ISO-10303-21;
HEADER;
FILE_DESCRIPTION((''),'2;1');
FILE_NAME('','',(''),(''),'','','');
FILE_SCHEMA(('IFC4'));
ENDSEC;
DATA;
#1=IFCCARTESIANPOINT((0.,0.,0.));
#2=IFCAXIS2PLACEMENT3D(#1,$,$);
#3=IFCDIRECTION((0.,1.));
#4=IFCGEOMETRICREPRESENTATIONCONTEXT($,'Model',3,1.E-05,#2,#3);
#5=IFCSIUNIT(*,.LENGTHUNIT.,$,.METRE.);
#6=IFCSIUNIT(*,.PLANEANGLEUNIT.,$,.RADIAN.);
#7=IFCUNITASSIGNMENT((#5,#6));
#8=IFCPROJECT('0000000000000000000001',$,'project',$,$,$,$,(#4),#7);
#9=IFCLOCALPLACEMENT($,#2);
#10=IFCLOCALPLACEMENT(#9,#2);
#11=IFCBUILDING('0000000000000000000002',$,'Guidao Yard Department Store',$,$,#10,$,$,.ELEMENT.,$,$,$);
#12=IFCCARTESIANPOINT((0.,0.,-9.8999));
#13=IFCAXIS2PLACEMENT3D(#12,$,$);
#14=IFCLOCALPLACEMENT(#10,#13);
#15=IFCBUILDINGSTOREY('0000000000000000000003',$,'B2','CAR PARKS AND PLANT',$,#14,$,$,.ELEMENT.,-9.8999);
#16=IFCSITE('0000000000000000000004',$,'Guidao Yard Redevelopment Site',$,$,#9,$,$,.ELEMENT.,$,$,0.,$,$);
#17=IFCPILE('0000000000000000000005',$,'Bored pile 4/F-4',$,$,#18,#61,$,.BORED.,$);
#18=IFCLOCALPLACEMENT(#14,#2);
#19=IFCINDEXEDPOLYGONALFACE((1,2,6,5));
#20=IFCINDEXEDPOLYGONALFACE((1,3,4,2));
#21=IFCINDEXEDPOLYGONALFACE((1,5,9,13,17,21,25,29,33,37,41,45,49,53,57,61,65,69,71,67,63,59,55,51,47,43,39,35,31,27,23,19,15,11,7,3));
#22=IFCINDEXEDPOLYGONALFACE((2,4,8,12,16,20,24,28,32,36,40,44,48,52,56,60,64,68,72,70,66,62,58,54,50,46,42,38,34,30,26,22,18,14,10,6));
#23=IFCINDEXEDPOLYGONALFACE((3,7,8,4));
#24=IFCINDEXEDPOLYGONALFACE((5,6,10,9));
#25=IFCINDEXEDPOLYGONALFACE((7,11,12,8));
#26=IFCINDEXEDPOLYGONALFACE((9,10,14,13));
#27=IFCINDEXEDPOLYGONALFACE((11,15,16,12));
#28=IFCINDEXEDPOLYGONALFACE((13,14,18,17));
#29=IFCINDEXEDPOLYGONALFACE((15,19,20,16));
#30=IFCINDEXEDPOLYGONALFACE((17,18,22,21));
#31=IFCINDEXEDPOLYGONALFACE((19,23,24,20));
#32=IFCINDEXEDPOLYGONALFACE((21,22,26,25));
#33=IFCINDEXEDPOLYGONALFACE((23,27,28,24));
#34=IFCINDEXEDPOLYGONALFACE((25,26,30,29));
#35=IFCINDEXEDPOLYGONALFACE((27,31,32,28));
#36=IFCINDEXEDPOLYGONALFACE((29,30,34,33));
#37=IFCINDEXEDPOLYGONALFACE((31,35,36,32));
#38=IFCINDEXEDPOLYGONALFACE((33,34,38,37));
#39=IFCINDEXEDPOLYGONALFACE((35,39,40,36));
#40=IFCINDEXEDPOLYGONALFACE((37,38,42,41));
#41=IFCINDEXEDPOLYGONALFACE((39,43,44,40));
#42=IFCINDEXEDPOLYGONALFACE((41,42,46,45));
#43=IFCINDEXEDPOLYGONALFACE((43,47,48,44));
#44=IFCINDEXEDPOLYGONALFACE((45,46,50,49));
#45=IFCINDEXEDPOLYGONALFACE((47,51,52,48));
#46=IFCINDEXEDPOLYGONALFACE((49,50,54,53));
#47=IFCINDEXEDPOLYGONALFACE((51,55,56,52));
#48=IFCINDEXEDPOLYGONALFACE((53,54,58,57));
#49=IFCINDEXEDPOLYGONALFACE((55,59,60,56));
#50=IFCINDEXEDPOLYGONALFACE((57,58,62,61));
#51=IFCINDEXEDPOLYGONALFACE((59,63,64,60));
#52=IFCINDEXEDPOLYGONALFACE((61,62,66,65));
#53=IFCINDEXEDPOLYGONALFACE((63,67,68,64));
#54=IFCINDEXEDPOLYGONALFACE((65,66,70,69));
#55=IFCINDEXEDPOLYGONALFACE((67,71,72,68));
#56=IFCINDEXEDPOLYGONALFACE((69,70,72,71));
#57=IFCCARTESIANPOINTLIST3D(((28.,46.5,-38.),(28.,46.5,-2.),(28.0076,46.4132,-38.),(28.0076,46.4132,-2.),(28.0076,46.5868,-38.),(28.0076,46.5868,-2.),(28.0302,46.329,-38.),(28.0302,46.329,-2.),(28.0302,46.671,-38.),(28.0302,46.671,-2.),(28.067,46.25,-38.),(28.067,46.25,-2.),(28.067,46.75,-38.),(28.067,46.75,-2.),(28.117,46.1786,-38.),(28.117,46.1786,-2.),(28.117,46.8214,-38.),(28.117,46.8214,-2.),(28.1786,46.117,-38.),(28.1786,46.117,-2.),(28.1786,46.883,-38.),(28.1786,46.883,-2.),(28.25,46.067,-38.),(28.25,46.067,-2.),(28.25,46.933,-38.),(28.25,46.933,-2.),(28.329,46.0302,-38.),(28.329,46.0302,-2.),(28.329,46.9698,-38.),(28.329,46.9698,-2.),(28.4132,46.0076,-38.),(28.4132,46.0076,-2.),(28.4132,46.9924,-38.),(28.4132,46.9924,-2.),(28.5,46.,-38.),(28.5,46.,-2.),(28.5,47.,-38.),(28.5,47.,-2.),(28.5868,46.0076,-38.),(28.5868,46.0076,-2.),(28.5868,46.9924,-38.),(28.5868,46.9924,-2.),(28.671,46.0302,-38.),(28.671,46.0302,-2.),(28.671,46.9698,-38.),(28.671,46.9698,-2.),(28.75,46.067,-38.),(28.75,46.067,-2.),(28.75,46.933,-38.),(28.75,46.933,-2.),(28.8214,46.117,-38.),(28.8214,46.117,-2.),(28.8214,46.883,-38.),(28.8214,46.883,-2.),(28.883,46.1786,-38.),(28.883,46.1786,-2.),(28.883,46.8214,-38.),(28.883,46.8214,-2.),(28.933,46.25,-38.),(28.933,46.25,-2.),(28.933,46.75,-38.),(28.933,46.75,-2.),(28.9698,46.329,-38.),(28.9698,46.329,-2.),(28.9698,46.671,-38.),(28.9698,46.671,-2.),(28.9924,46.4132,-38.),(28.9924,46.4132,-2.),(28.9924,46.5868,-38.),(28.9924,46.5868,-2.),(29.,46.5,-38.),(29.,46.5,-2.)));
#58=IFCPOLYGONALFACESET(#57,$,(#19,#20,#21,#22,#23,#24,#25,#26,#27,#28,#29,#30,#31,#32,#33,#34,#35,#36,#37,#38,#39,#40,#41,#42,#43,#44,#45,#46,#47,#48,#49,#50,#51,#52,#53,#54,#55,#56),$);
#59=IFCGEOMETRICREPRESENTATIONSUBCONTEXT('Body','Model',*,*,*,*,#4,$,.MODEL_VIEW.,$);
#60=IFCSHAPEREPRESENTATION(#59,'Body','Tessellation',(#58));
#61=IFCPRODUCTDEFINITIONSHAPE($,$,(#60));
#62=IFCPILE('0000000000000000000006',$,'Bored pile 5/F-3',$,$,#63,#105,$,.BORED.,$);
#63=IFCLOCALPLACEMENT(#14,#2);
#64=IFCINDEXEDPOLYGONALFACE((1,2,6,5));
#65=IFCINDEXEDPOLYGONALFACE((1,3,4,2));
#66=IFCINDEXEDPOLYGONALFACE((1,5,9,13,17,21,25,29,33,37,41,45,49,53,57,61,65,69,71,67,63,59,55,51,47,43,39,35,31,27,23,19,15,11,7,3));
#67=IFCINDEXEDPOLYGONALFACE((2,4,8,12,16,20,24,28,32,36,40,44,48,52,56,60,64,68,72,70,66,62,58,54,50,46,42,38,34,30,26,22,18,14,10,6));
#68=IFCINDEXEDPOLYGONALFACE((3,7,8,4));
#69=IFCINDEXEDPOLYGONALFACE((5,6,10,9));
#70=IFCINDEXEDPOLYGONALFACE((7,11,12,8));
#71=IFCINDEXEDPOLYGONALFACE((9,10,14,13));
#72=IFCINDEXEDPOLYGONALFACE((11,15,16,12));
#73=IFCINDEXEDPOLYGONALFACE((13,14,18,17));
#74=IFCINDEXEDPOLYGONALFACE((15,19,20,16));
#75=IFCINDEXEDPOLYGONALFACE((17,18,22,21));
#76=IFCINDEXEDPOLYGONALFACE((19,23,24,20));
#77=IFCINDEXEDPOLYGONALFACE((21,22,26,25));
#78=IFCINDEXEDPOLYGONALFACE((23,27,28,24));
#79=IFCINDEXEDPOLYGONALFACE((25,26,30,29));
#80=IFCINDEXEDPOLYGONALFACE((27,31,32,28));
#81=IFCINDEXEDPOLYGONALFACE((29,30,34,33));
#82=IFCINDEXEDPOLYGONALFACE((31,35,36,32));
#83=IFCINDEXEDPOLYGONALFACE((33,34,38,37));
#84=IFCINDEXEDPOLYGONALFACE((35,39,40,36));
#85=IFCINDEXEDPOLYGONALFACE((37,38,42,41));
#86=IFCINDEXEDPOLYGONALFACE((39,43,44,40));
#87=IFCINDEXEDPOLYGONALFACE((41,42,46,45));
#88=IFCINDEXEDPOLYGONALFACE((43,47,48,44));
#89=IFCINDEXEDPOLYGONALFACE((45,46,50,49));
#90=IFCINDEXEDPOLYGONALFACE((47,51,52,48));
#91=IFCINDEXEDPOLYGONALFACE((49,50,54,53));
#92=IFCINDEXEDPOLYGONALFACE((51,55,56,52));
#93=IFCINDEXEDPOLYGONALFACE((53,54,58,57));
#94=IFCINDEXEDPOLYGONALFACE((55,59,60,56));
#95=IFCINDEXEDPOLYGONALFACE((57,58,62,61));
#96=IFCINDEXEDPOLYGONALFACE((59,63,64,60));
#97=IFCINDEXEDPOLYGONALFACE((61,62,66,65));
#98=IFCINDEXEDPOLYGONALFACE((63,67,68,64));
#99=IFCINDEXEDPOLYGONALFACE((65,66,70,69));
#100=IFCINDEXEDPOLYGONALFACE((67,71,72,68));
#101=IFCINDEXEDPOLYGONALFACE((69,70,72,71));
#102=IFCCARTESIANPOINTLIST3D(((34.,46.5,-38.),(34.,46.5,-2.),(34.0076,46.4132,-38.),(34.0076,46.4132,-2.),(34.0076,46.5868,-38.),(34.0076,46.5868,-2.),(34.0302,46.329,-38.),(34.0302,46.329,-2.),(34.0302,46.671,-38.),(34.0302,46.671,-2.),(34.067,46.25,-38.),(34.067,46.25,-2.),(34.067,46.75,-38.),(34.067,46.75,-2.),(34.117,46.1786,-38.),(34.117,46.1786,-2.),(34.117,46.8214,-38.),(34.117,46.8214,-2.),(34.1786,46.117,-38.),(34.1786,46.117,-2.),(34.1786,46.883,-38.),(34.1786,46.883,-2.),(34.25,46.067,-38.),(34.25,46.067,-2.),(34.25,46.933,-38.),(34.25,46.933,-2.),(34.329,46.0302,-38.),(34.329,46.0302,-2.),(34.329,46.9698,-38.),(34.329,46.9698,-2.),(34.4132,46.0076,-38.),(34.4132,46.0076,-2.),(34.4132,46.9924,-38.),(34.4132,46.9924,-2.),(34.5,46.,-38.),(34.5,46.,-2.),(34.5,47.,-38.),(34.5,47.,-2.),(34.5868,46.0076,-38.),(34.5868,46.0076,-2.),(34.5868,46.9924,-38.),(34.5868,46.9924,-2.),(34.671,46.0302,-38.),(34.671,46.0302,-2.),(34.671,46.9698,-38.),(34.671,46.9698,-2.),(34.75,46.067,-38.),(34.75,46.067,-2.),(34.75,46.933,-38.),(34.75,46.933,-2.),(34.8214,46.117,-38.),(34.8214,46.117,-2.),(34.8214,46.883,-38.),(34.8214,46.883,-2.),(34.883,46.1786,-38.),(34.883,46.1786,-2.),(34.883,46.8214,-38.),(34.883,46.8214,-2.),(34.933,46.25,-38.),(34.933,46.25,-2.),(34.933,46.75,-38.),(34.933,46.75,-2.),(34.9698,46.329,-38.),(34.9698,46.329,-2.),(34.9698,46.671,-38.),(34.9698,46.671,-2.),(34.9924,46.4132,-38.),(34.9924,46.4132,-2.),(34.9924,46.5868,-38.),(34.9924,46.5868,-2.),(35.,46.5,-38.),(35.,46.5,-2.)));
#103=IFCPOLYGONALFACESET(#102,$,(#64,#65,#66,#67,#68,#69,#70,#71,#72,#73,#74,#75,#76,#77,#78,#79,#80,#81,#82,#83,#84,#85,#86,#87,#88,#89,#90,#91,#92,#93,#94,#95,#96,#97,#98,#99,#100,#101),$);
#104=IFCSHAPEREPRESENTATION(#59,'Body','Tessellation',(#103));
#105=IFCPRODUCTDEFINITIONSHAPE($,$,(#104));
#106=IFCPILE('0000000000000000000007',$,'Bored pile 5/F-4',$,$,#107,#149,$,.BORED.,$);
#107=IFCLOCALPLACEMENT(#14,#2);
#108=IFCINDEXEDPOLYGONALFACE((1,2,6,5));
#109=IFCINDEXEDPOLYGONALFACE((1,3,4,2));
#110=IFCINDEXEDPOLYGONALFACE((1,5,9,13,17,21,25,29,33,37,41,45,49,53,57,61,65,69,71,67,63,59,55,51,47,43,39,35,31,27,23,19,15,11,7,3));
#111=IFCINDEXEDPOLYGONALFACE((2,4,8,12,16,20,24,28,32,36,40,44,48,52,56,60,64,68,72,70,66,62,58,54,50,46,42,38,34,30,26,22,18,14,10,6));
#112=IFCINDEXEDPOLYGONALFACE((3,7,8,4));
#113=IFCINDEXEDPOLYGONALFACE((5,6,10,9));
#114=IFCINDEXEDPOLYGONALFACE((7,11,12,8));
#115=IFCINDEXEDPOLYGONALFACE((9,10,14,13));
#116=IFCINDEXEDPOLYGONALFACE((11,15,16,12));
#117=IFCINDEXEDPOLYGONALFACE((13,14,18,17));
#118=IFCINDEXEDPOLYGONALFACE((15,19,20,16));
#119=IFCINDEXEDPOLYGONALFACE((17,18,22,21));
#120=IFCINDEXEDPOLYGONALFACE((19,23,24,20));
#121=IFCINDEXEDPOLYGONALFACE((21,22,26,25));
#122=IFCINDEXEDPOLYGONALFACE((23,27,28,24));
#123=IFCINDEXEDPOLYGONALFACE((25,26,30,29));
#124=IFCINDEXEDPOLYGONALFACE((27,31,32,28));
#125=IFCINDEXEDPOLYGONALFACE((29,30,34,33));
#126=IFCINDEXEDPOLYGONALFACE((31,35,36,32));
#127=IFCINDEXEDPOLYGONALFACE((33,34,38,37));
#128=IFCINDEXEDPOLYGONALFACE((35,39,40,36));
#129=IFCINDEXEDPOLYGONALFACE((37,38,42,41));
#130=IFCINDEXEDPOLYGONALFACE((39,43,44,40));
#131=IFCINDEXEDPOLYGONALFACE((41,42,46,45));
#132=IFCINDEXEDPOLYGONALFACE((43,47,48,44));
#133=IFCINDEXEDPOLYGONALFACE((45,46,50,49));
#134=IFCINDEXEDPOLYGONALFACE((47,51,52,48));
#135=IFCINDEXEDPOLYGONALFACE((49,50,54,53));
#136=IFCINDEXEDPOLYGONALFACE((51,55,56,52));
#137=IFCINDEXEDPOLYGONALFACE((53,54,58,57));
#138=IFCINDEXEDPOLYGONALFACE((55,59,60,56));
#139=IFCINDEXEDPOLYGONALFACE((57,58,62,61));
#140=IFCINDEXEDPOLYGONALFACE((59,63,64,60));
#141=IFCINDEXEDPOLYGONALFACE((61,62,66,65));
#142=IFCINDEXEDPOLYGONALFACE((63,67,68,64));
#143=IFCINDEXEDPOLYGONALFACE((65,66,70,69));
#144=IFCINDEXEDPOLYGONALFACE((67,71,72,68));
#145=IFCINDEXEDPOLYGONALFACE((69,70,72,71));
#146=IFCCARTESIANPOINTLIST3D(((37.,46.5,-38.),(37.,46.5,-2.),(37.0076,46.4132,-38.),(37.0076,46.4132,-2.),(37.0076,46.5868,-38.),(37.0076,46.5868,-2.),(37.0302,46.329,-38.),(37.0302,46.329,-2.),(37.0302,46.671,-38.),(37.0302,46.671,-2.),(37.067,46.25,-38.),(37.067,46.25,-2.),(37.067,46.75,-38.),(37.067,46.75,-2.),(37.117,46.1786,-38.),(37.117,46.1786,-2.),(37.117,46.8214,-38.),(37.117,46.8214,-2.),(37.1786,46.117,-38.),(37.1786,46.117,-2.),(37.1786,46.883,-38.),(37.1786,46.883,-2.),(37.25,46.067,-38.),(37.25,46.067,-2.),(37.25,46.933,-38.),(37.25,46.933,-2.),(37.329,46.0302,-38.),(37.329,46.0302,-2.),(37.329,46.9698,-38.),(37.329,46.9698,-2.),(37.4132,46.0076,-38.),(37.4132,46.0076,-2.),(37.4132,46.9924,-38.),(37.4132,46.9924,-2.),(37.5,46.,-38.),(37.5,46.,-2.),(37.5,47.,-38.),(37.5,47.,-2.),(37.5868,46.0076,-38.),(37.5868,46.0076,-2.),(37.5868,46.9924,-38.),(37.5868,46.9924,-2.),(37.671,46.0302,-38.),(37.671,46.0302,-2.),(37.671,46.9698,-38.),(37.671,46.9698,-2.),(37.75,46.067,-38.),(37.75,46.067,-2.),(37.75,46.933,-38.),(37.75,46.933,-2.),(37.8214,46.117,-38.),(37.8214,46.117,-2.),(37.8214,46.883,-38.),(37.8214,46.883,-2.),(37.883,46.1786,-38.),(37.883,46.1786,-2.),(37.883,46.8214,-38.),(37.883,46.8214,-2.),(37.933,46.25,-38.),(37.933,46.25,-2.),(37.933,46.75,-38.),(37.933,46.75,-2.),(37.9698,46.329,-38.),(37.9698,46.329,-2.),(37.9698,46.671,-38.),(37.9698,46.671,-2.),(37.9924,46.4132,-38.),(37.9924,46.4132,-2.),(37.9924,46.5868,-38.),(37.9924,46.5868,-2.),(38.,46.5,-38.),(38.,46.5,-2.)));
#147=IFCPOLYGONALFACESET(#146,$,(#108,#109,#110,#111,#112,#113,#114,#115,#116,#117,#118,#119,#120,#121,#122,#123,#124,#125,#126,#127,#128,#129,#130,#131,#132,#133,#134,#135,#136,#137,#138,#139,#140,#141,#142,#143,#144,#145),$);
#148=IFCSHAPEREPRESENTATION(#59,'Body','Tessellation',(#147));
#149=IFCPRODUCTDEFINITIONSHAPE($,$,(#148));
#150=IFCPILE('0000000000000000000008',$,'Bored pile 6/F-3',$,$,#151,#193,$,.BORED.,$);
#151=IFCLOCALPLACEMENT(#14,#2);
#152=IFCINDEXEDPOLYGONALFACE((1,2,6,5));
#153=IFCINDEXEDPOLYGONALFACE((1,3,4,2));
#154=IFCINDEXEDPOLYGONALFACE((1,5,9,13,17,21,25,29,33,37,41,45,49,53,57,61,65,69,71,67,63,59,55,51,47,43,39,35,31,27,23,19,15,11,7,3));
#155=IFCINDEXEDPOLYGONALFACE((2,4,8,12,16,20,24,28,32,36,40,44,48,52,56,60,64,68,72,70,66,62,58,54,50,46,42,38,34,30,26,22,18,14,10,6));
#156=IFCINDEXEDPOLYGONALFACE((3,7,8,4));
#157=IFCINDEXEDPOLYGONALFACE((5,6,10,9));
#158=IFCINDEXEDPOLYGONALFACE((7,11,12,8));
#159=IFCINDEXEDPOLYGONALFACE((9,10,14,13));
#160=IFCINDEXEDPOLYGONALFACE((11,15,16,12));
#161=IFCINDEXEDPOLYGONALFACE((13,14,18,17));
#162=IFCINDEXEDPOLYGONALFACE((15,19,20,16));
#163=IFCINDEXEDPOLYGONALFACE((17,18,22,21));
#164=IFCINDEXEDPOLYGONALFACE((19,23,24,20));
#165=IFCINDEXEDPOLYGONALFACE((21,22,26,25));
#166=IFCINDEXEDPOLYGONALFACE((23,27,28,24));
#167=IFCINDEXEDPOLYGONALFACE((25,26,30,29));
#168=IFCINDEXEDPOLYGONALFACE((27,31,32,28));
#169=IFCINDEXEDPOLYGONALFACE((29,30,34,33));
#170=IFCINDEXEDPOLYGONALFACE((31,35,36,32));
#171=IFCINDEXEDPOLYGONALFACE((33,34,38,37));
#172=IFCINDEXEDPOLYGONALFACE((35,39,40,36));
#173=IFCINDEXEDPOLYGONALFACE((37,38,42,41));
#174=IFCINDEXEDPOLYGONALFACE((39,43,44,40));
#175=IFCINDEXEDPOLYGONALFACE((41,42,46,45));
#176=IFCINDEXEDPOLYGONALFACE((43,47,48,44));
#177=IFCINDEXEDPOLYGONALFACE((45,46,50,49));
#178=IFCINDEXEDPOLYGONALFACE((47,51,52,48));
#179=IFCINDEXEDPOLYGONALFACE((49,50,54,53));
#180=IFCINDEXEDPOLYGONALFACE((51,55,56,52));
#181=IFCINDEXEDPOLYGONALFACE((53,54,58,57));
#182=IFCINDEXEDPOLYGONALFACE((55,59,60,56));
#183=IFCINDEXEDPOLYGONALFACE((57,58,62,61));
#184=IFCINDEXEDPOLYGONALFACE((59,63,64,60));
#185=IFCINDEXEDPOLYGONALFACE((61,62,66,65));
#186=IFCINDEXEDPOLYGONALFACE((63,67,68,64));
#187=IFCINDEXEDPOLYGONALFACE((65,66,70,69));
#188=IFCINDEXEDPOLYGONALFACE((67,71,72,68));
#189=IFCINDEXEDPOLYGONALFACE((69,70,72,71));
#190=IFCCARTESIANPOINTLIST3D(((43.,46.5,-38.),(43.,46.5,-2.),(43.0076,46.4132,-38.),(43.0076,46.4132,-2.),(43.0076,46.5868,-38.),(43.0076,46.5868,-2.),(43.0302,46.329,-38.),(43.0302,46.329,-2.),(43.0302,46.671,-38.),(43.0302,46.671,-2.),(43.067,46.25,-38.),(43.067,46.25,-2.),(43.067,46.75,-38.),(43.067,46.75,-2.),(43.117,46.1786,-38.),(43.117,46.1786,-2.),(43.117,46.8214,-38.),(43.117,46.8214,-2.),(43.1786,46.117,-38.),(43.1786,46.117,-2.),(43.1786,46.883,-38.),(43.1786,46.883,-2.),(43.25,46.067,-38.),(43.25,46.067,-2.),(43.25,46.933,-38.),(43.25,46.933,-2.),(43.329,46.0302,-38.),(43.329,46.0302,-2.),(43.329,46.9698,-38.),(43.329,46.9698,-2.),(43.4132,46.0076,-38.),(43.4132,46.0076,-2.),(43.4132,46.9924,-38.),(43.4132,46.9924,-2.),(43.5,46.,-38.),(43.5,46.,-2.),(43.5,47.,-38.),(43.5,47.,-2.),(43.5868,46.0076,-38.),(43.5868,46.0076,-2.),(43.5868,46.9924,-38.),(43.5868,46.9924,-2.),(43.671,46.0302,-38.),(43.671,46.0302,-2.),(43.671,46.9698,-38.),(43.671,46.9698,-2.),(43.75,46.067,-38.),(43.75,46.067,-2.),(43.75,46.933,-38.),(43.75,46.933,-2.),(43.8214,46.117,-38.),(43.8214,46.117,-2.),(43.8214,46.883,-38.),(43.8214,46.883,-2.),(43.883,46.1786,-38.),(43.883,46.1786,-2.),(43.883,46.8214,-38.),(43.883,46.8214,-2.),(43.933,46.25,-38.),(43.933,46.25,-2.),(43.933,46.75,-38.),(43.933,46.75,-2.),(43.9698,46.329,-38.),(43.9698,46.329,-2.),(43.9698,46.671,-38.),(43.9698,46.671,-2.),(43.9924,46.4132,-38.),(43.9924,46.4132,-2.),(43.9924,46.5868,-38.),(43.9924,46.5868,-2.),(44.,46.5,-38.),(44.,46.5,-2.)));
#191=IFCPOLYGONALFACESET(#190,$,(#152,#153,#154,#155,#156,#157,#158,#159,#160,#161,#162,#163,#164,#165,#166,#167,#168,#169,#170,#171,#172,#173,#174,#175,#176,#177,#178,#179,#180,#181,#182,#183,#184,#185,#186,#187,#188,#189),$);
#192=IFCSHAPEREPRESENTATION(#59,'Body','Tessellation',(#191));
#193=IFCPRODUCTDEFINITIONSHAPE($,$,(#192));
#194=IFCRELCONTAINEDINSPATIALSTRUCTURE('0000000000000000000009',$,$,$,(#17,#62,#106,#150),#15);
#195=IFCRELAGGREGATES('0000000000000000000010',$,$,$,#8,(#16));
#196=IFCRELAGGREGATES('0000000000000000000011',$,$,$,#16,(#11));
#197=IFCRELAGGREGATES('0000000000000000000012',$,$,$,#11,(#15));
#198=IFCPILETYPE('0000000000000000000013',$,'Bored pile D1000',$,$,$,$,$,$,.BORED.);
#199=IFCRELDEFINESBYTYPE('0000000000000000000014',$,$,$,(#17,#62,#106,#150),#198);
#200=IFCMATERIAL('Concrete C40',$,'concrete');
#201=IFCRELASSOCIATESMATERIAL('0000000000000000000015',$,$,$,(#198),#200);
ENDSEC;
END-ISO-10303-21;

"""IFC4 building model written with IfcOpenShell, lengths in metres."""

from ifc_helpers import new_model, si_unit, direction, frame, origin, origin_2d, place, context, subcontext, project, spatial, circle, extrude, material, material_profile, profile_set, type_object, element, save


model = new_model("IFC4")

# Units and contexts
model_context = context("Model", 3, precision=1e-05, world=origin(), true_north=direction((0.0, 1.0)))
body_context = subcontext(model_context, "Body", "Model", "MODEL_VIEW")
ifc_project = project(units=[si_unit("LENGTHUNIT", "METRE"), si_unit("PLANEANGLEUNIT", "RADIAN")], contexts=[model_context])

# Site, building, storey
site_placement = place(None, origin())
site = spatial("IfcSite", under=ifc_project, at=site_placement, Name="Guidao Yard Redevelopment Site", CompositionType="ELEMENT", RefElevation=0.0)
building_placement = place(site_placement, origin())
building = spatial("IfcBuilding", under=site, at=building_placement, Name="Guidao Yard Department Store", CompositionType="ELEMENT")
storey_placement = place(building_placement, frame((0.0, 0.0, -9.8999)))
storey = spatial("IfcBuildingStorey", under=building, at=storey_placement, Name="B2", Description="CAR PARKS AND PLANT", CompositionType="ELEMENT", Elevation=-9.8999)

# Piles
ifc_material_1 = material(Name="Concrete C40", Category="concrete")
ifc_material_profile_1 = material_profile(ifc_material_1, circle(Radius=0.5, at=origin_2d()), Name="Bored pile D1000")
ifc_profile_set_1 = profile_set([ifc_material_profile_1], Name="Concrete C40")
pile_type = type_object("IfcPileType", Name="Bored pile D1000", PredefinedType="BORED", material=ifc_profile_set_1)
for number, where, z_axis, x_axis, name in (
    (1, (28.5, 46.5, -2.0), (0.0, 0.0, -1.0), (1.0, 0.0, 0.0), "Bored pile 4/F-4"),
    (2, (34.5, 46.5, -2.0), (0.0, 0.0, -1.0), (1.0, 0.0, 0.0), "Bored pile 5/F-3"),
    (3, (37.5, 46.5, -2.0), (0.0, 0.0, -1.0), (1.0, 0.0, 0.0), "Bored pile 5/F-4"),
    (4, (43.5, 46.5, -2.0), (0.0, 0.0, -1.0), (1.0, 0.0, 0.0), "Bored pile 6/F-3"),
):
    element("IfcPile", number, at=place(storey_placement, frame(where, z_axis=z_axis, x_axis=x_axis)), inside=storey, type_object=pile_type, Name=name, PredefinedType="BORED", context=body_context, shape_type="SweptSolid", body=[
        extrude(circle(Radius=0.5, at=origin_2d()), origin(), (0.0, 0.0, 1.0), 36.0),
    ])

save(model, "model.ifc")
